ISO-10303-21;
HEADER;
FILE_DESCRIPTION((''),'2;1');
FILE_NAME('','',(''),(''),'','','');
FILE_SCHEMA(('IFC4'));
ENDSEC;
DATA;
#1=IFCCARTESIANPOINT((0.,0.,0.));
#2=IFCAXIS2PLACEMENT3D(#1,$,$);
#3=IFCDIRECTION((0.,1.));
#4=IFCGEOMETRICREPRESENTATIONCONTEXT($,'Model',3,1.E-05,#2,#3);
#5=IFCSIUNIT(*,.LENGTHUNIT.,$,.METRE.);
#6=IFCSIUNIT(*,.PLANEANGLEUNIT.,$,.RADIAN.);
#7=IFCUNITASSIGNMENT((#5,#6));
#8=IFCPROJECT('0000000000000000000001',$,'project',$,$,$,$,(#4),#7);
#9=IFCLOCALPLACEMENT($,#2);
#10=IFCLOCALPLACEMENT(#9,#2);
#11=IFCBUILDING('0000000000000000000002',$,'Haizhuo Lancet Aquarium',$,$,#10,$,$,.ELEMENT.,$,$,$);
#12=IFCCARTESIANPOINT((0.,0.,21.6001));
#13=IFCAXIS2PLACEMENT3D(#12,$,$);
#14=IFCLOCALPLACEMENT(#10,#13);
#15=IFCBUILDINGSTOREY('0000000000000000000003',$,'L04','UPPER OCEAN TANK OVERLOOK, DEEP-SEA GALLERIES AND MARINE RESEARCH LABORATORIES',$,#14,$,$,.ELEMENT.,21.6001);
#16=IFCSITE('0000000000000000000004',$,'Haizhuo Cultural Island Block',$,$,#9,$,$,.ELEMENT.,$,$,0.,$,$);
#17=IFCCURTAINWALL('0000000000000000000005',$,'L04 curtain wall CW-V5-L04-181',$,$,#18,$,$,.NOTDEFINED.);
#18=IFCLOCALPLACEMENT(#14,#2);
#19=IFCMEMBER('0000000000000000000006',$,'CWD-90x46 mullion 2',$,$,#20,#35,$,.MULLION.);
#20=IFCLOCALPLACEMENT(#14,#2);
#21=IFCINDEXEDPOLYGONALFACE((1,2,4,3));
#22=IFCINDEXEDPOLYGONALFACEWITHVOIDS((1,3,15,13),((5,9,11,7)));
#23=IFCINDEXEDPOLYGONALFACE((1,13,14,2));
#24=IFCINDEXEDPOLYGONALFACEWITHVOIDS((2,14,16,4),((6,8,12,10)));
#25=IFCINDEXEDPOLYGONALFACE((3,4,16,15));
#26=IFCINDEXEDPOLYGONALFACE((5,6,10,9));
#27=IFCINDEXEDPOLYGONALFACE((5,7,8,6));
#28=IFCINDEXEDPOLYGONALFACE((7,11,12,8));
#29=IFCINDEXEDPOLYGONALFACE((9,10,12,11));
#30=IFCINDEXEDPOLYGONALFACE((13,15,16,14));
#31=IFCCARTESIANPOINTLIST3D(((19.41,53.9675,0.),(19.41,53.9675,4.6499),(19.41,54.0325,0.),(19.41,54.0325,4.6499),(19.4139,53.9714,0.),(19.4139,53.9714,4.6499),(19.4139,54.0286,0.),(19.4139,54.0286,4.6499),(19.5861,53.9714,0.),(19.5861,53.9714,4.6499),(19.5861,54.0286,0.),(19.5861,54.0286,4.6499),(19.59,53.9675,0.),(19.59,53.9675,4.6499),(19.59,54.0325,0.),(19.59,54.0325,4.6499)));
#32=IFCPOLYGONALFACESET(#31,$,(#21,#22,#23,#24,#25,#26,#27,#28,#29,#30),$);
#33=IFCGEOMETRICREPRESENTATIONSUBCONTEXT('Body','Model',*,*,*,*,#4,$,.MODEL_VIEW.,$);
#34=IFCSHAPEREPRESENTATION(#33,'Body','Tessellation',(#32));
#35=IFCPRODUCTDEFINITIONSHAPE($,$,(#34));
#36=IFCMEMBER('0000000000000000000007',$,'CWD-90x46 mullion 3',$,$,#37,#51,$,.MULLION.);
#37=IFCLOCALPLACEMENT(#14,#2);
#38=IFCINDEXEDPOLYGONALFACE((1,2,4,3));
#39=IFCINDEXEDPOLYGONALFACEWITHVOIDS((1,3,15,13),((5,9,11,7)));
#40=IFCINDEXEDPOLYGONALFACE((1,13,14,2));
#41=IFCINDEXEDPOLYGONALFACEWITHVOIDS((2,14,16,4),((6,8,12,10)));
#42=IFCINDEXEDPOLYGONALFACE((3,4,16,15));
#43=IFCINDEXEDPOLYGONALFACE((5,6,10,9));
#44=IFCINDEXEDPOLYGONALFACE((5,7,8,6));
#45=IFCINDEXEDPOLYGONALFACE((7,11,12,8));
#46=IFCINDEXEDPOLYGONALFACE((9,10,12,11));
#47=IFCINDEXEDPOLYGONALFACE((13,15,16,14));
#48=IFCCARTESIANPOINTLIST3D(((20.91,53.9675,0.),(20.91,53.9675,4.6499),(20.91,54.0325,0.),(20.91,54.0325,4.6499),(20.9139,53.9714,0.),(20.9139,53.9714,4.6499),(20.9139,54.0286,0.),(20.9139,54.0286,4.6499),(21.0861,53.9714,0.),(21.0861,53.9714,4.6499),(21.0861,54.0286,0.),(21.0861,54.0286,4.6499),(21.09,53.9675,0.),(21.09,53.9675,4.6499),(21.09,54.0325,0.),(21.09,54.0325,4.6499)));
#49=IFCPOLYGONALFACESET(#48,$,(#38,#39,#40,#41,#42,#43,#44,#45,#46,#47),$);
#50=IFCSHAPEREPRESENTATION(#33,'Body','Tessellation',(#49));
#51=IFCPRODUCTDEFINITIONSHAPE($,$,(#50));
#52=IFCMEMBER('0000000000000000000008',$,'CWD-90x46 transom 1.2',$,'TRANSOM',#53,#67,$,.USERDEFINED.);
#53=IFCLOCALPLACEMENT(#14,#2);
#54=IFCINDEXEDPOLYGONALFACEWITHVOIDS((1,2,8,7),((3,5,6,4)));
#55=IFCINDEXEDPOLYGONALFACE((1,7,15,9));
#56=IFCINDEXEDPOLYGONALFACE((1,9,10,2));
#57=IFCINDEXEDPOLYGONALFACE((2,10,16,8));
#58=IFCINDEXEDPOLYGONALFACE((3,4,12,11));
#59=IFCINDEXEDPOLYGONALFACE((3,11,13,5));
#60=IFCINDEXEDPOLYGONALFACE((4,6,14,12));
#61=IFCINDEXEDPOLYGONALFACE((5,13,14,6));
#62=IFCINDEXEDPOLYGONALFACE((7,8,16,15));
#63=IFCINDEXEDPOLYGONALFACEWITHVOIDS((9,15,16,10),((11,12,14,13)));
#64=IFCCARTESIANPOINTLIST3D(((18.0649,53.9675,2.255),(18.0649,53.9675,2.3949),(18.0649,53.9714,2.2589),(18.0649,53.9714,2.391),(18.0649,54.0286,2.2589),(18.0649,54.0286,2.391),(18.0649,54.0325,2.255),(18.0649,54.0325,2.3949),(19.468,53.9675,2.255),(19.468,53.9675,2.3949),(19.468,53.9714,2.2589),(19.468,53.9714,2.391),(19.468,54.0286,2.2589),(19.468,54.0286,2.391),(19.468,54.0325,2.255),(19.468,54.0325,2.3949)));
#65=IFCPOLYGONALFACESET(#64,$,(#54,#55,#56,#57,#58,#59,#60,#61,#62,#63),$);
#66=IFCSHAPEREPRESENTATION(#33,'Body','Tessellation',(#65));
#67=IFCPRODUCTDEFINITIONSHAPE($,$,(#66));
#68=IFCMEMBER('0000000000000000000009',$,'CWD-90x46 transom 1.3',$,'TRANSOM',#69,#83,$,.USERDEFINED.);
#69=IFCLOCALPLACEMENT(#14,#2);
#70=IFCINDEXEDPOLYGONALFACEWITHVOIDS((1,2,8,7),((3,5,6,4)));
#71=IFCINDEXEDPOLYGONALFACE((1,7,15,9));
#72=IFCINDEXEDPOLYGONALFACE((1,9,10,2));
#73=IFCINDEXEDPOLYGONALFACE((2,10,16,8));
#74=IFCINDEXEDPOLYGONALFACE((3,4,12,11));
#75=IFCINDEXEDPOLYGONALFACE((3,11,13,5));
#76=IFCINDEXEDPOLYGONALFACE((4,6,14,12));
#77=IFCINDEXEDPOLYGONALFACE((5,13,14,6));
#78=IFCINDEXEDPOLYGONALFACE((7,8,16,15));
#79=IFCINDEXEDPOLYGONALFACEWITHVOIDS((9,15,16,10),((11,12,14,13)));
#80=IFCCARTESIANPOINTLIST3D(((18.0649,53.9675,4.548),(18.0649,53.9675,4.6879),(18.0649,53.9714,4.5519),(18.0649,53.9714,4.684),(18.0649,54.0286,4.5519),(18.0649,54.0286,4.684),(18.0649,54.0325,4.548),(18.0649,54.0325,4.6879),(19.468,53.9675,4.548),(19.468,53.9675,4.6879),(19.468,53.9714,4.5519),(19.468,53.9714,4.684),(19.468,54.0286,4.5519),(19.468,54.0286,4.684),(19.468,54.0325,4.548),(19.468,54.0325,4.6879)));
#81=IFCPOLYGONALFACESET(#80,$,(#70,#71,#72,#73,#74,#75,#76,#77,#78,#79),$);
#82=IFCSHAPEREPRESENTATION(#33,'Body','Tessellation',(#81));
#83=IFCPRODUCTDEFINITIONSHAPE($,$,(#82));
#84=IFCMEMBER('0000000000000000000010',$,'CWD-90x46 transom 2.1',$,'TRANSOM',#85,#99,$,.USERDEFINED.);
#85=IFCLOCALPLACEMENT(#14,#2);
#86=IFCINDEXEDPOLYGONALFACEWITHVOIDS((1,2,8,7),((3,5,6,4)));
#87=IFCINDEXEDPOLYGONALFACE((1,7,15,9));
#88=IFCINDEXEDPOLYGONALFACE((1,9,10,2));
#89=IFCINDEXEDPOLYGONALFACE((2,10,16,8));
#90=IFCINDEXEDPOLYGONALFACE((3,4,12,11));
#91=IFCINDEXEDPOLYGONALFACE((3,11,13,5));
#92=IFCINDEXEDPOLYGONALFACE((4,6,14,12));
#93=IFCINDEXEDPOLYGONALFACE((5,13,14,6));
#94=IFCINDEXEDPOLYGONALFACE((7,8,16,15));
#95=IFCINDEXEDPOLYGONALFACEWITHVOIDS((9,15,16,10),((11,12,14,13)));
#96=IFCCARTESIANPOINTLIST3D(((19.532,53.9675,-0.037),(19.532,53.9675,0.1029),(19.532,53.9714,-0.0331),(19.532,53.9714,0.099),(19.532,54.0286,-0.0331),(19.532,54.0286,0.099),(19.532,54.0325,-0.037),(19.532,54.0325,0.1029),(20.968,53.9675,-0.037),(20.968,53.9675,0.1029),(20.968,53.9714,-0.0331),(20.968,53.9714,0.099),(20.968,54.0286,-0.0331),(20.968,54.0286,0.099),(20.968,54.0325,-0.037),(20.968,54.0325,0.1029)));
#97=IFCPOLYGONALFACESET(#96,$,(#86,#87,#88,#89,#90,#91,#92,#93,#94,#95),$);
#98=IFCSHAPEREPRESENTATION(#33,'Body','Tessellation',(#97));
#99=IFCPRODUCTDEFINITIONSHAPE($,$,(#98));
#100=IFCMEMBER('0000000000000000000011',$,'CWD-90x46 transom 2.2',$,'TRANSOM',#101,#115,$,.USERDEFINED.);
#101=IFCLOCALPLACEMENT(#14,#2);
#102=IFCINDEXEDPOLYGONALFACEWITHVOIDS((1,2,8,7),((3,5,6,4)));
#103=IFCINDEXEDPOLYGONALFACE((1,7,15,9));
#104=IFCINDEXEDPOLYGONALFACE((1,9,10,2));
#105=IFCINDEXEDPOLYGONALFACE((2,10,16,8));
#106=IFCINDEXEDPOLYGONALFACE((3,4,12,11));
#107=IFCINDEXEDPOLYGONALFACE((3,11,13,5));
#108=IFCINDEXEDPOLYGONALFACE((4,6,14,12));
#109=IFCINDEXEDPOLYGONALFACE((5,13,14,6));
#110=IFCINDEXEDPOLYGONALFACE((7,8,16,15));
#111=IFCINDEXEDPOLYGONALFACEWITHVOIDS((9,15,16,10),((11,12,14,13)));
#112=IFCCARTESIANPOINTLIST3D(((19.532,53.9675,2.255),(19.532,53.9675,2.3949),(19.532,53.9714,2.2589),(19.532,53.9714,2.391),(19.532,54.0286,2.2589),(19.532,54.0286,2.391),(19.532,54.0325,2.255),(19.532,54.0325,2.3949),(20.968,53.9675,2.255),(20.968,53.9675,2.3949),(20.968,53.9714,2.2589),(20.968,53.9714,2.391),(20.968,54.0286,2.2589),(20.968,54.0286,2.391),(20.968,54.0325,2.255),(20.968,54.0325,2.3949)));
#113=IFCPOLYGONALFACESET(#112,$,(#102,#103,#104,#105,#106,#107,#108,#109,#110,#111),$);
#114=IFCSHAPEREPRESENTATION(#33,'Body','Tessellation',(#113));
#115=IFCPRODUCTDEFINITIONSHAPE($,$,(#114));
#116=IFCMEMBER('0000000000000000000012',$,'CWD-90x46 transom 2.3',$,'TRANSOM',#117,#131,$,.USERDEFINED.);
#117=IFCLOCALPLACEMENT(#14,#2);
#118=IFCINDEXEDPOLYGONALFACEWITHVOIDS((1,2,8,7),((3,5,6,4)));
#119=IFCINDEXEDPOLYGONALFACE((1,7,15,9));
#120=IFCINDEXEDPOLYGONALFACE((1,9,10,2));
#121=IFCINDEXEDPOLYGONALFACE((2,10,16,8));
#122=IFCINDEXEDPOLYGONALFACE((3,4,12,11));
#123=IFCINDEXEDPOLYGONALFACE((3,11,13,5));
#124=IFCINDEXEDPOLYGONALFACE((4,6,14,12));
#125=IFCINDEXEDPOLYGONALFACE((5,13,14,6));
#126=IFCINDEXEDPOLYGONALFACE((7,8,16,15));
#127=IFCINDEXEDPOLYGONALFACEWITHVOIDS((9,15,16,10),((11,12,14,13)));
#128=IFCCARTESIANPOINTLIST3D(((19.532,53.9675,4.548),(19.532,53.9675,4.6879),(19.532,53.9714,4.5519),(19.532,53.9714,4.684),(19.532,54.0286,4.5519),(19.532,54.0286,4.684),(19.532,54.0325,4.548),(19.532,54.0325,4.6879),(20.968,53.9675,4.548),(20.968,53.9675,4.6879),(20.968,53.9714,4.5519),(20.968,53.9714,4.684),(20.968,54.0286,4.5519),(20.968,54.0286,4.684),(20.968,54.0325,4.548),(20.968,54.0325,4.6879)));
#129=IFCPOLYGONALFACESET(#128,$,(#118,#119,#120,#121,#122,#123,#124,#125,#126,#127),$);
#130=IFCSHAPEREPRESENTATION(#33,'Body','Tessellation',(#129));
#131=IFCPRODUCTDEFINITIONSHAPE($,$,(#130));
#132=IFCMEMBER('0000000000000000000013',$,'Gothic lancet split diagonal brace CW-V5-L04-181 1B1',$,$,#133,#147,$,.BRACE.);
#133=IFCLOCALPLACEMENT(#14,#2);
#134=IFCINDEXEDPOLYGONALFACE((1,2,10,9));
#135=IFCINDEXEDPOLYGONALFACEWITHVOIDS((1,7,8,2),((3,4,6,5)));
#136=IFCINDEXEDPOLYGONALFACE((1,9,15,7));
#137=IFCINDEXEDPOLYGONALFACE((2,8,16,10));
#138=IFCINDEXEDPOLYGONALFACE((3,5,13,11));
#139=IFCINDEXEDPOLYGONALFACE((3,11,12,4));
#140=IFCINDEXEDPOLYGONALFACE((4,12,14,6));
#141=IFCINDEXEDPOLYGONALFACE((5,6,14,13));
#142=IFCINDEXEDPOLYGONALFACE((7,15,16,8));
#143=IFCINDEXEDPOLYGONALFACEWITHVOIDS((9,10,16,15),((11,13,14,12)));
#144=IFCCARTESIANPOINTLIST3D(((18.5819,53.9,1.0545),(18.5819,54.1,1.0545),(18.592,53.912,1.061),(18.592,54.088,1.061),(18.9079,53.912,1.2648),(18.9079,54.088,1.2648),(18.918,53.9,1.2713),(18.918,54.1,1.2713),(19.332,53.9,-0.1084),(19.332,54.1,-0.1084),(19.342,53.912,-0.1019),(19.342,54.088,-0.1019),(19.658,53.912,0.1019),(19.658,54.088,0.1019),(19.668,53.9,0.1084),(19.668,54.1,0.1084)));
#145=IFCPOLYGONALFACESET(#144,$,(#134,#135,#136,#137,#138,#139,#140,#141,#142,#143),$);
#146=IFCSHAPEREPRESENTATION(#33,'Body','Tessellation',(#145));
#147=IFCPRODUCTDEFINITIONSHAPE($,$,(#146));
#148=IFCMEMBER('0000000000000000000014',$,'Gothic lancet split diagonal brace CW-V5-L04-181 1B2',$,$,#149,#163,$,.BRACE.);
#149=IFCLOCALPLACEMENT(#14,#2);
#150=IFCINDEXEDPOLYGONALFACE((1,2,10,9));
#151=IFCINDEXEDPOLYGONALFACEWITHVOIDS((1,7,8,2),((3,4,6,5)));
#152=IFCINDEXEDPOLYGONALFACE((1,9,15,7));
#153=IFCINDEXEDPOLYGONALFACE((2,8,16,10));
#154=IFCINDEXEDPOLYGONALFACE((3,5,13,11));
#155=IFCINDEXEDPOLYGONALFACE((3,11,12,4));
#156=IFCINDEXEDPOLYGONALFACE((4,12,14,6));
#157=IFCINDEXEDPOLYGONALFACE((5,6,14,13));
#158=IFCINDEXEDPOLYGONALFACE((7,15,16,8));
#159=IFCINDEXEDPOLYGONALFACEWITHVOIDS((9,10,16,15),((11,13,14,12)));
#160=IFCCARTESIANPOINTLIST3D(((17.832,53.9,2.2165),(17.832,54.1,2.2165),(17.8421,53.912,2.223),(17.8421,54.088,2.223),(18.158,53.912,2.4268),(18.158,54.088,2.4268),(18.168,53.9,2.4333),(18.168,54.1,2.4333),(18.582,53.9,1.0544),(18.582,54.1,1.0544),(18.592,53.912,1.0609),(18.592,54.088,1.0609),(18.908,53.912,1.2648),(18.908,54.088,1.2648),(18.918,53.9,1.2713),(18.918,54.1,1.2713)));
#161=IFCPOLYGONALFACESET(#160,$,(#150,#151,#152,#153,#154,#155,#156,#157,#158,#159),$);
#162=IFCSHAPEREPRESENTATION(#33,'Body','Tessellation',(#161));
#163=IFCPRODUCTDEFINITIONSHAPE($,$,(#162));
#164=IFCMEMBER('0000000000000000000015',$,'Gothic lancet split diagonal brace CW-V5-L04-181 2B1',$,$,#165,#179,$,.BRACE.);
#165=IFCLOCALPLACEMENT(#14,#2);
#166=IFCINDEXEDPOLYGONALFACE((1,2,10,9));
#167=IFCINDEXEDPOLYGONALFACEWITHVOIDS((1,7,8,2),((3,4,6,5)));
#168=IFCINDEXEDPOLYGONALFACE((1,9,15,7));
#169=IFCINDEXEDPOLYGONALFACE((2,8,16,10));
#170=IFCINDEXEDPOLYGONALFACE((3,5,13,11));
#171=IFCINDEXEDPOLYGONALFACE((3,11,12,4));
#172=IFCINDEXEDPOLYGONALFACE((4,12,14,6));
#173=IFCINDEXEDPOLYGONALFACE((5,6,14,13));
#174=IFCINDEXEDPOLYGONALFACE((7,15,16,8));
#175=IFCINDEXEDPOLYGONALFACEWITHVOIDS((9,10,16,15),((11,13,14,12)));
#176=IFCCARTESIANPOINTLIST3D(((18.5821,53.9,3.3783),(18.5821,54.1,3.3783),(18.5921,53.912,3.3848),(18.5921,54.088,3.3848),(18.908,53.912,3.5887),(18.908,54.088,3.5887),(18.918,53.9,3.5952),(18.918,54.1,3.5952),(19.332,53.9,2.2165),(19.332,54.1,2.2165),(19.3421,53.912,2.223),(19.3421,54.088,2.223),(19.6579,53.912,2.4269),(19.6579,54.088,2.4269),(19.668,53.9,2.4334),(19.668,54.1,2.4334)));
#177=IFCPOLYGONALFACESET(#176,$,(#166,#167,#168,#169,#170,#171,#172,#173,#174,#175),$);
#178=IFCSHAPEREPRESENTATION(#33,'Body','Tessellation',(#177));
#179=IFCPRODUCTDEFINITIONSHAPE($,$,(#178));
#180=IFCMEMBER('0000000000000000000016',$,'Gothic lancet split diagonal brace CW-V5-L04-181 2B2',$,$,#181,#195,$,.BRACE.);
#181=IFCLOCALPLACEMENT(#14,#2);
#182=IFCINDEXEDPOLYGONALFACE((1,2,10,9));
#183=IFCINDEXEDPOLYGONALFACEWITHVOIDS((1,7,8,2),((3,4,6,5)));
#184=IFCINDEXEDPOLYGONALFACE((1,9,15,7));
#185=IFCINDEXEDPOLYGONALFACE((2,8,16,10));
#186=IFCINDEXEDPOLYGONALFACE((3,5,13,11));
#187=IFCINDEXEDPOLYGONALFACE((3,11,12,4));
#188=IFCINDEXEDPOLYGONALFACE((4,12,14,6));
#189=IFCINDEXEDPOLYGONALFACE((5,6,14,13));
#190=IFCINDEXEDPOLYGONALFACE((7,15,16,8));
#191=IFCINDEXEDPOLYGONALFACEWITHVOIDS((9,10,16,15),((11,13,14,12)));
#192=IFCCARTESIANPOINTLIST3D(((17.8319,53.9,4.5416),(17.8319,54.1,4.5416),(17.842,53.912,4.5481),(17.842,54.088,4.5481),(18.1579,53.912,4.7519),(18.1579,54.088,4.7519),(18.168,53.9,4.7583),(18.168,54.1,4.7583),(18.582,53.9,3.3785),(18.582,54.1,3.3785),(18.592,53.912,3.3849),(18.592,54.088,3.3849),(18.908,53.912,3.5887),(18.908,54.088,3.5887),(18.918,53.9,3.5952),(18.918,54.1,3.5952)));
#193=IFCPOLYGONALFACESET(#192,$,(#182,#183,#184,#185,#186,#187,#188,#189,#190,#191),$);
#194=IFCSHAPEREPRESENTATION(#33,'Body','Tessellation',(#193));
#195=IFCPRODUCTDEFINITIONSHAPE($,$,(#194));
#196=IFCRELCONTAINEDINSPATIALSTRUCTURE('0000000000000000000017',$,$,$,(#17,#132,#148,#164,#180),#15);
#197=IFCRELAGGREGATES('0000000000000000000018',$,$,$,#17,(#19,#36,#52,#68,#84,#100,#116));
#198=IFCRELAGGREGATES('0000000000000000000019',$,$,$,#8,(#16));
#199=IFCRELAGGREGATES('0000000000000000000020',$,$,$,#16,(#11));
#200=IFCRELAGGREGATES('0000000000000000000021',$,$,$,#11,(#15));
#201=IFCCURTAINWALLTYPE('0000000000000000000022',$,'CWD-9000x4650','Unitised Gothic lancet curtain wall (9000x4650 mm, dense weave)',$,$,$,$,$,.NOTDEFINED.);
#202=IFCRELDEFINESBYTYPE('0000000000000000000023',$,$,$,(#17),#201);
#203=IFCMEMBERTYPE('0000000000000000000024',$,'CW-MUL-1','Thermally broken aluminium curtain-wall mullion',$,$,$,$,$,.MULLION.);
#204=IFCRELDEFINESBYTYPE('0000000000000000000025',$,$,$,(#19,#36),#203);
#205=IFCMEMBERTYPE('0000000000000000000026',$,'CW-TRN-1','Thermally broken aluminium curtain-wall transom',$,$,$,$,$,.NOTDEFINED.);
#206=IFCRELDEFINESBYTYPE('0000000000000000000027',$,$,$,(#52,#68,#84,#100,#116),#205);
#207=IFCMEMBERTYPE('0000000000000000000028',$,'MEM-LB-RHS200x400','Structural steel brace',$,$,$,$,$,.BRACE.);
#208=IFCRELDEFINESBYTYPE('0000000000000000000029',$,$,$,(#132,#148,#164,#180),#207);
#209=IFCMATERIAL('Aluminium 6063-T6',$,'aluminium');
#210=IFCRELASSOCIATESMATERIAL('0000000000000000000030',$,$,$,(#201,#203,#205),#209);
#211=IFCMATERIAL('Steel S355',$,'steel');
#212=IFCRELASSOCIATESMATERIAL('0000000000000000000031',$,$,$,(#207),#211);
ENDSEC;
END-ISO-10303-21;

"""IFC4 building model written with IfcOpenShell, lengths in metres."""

from ifc_helpers import new_model, si_unit, direction, frame, origin, origin_2d, place, context, subcontext, project, spatial, hollow_rectangle, extrude, material, material_profile, profile_set, type_object, element, aggregate, save


model = new_model("IFC4")

# Units and contexts
model_context = context("Model", 3, precision=1e-05, world=origin(), true_north=direction((0.0, 1.0)))
body_context = subcontext(model_context, "Body", "Model", "MODEL_VIEW")
ifc_project = project(units=[si_unit("LENGTHUNIT", "METRE"), si_unit("PLANEANGLEUNIT", "RADIAN")], contexts=[model_context])

# Site, building, storey
site_placement = place(None, origin())
site = spatial("IfcSite", under=ifc_project, at=site_placement, Name="Haizhuo Cultural Island Block", CompositionType="ELEMENT", RefElevation=0.0)
building_placement = place(site_placement, origin())
building = spatial("IfcBuilding", under=site, at=building_placement, Name="Haizhuo Lancet Aquarium", CompositionType="ELEMENT")
storey_placement = place(building_placement, frame((0.0, 0.0, 21.6001)))
storey = spatial("IfcBuildingStorey", under=building, at=storey_placement, Name="L04", Description="UPPER OCEAN TANK OVERLOOK, DEEP-SEA GALLERIES AND MARINE RESEARCH LABORATORIES", CompositionType="ELEMENT", Elevation=21.6001)

# Curtain wall, members
ifc_material_1 = material(Name="Aluminium 6063-T6", Category="aluminium")
curtain_wall_type = type_object("IfcCurtainWallType", Name="CWD-9000x4650", Description="Unitised Gothic lancet curtain wall (9000x4650 mm, dense weave)", PredefinedType="NOTDEFINED", material=ifc_material_1)
curtain_wall_placement = place(storey_placement, origin())
curtain_wall = element("IfcCurtainWall", 1, at=curtain_wall_placement, inside=storey, type_object=curtain_wall_type, Name="L04 curtain wall CW-V5-L04-181", PredefinedType="NOTDEFINED")
ifc_material_profile_1 = material_profile(ifc_material_1, hollow_rectangle(XDim=0.0649, YDim=0.1799, WallThickness=0.0039, at=origin_2d()), Name="ALU-M 65x180x4")
ifc_profile_set_1 = profile_set([ifc_material_profile_1], Name="Aluminium 6063-T6")
member_type_1 = type_object("IfcMemberType", Name="CW-MUL-1", Description="Thermally broken aluminium curtain-wall mullion", PredefinedType="MULLION", material=ifc_profile_set_1)
member_1_placement = place(storey_placement, frame((19.5, 54.0, 0.0), z_axis=(0.0, 0.0, 1.0), x_axis=(0.0, 1.0, 0.0)))
member_1 = element("IfcMember", 2, at=member_1_placement, type_object=member_type_1, Name="CWD-90x46 mullion 2", PredefinedType="MULLION", context=body_context, shape_type="SweptSolid", body=[
    extrude(hollow_rectangle(XDim=0.0649, YDim=0.1799, WallThickness=0.0039, at=origin_2d()), origin(), (0.0, 0.0, 1.0), 4.6499),
])
member_2_placement = place(storey_placement, frame((21.0, 54.0, 0.0), z_axis=(0.0, 0.0, 1.0), x_axis=(0.0, 1.0, 0.0)))
member_2 = element("IfcMember", 3, at=member_2_placement, type_object=member_type_1, Name="CWD-90x46 mullion 3", PredefinedType="MULLION", context=body_context, shape_type="SweptSolid", body=[
    extrude(hollow_rectangle(XDim=0.0649, YDim=0.1799, WallThickness=0.0039, at=origin_2d()), origin(), (0.0, 0.0, 1.0), 4.6499),
])
ifc_material_profile_2 = material_profile(ifc_material_1, hollow_rectangle(XDim=0.0649, YDim=0.1399, WallThickness=0.0039, at=origin_2d()), Name="ALU-T 65x140x4")
ifc_profile_set_2 = profile_set([ifc_material_profile_2], Name="Aluminium 6063-T6")
member_type_2 = type_object("IfcMemberType", Name="CW-TRN-1", Description="Thermally broken aluminium curtain-wall transom", PredefinedType="NOTDEFINED", material=ifc_profile_set_2)
member_3_placement = place(storey_placement, frame((18.0649, 54.0, 2.325), z_axis=(1.0, 0.0, 0.0), x_axis=(0.0, 1.0, 0.0)))
member_3 = element("IfcMember", 4, at=member_3_placement, type_object=member_type_2, Name="CWD-90x46 transom 1.2", ObjectType="TRANSOM", PredefinedType="USERDEFINED", context=body_context, shape_type="SweptSolid", body=[
    extrude(hollow_rectangle(XDim=0.0649, YDim=0.1399, WallThickness=0.0039, at=origin_2d()), origin(), (0.0, 0.0, 1.0), 1.4031),
])
member_4_placement = place(storey_placement, frame((18.0649, 54.0, 4.6179), z_axis=(1.0, 0.0, 0.0), x_axis=(0.0, 1.0, 0.0)))
member_4 = element("IfcMember", 5, at=member_4_placement, type_object=member_type_2, Name="CWD-90x46 transom 1.3", ObjectType="TRANSOM", PredefinedType="USERDEFINED", context=body_context, shape_type="SweptSolid", body=[
    extrude(hollow_rectangle(XDim=0.0649, YDim=0.1399, WallThickness=0.0039, at=origin_2d()), origin(), (0.0, 0.0, 1.0), 1.4031),
])
member_5_placement = place(storey_placement, frame((19.532, 54.0, 0.033), z_axis=(1.0, 0.0, 0.0), x_axis=(0.0, 1.0, 0.0)))
member_5 = element("IfcMember", 6, at=member_5_placement, type_object=member_type_2, Name="CWD-90x46 transom 2.1", ObjectType="TRANSOM", PredefinedType="USERDEFINED", context=body_context, shape_type="SweptSolid", body=[
    extrude(hollow_rectangle(XDim=0.0649, YDim=0.1399, WallThickness=0.0039, at=origin_2d()), origin(), (0.0, 0.0, 1.0), 1.436),
])
member_6_placement = place(storey_placement, frame((19.532, 54.0, 2.325), z_axis=(1.0, 0.0, 0.0), x_axis=(0.0, 1.0, 0.0)))
member_6 = element("IfcMember", 7, at=member_6_placement, type_object=member_type_2, Name="CWD-90x46 transom 2.2", ObjectType="TRANSOM", PredefinedType="USERDEFINED", context=body_context, shape_type="SweptSolid", body=[
    extrude(hollow_rectangle(XDim=0.0649, YDim=0.1399, WallThickness=0.0039, at=origin_2d()), origin(), (0.0, 0.0, 1.0), 1.436),
])
member_7_placement = place(storey_placement, frame((19.532, 54.0, 4.6179), z_axis=(1.0, 0.0, 0.0), x_axis=(0.0, 1.0, 0.0)))
member_7 = element("IfcMember", 8, at=member_7_placement, type_object=member_type_2, Name="CWD-90x46 transom 2.3", ObjectType="TRANSOM", PredefinedType="USERDEFINED", context=body_context, shape_type="SweptSolid", body=[
    extrude(hollow_rectangle(XDim=0.0649, YDim=0.1399, WallThickness=0.0039, at=origin_2d()), origin(), (0.0, 0.0, 1.0), 1.436),
])

# Members
ifc_material_2 = material(Name="Steel S355", Category="steel")
ifc_material_profile_3 = material_profile(ifc_material_2, hollow_rectangle(XDim=0.2, YDim=0.3999, WallThickness=0.012, at=origin_2d()), Name="RHS 200x400x12")
ifc_profile_set_3 = profile_set([ifc_material_profile_3], Name="Steel S355")
member_type_3 = type_object("IfcMemberType", Name="MEM-LB-RHS200x400", Description="Structural steel brace", PredefinedType="BRACE", material=ifc_profile_set_3)
member_8_placement = place(storey_placement, frame((19.5, 54.0, 0.0), z_axis=(-0.542014, 0.0, 0.840369), x_axis=(0.0, -1.0, 0.0)))
element("IfcMember", 9, at=member_8_placement, inside=storey, type_object=member_type_3, Name="Gothic lancet split diagonal brace CW-V5-L04-181 1B1", PredefinedType="BRACE", context=body_context, shape_type="SweptSolid", body=[
    extrude(hollow_rectangle(XDim=0.2, YDim=0.3999, WallThickness=0.012, at=origin_2d()), origin(), (0.0, 0.0, 1.0), 1.3838),
])
member_9_placement = place(storey_placement, frame((18.75, 54.0, 1.1628), z_axis=(-0.542256, 0.0, 0.840214), x_axis=(0.0, -1.0, 0.0)))
element("IfcMember", 10, at=member_9_placement, inside=storey, type_object=member_type_3, Name="Gothic lancet split diagonal brace CW-V5-L04-181 1B2", PredefinedType="BRACE", context=body_context, shape_type="SweptSolid", body=[
    extrude(hollow_rectangle(XDim=0.2, YDim=0.3999, WallThickness=0.012, at=origin_2d()), origin(), (0.0, 0.0, 1.0), 1.3831),
])
member_10_placement = place(storey_placement, frame((19.5, 54.0, 2.325), z_axis=(-0.542336, 0.0, 0.840162), x_axis=(0.0, -1.0, 0.0)))
element("IfcMember", 11, at=member_10_placement, inside=storey, type_object=member_type_3, Name="Gothic lancet split diagonal brace CW-V5-L04-181 2B1", PredefinedType="BRACE", context=body_context, shape_type="SweptSolid", body=[
    extrude(hollow_rectangle(XDim=0.2, YDim=0.3999, WallThickness=0.012, at=origin_2d()), origin(), (0.0, 0.0, 1.0), 1.3828),
])
member_11_placement = place(storey_placement, frame((18.75, 54.0, 3.4868), z_axis=(-0.541934, 0.0, 0.840421), x_axis=(0.0, -1.0, 0.0)))
element("IfcMember", 12, at=member_11_placement, inside=storey, type_object=member_type_3, Name="Gothic lancet split diagonal brace CW-V5-L04-181 2B2", PredefinedType="BRACE", context=body_context, shape_type="SweptSolid", body=[
    extrude(hollow_rectangle(XDim=0.2, YDim=0.3999, WallThickness=0.012, at=origin_2d()), origin(), (0.0, 0.0, 1.0), 1.384),
])

aggregate(curtain_wall, [member_1, member_2, member_3, member_4, member_5, member_6, member_7])

save(model, "model.ifc")
